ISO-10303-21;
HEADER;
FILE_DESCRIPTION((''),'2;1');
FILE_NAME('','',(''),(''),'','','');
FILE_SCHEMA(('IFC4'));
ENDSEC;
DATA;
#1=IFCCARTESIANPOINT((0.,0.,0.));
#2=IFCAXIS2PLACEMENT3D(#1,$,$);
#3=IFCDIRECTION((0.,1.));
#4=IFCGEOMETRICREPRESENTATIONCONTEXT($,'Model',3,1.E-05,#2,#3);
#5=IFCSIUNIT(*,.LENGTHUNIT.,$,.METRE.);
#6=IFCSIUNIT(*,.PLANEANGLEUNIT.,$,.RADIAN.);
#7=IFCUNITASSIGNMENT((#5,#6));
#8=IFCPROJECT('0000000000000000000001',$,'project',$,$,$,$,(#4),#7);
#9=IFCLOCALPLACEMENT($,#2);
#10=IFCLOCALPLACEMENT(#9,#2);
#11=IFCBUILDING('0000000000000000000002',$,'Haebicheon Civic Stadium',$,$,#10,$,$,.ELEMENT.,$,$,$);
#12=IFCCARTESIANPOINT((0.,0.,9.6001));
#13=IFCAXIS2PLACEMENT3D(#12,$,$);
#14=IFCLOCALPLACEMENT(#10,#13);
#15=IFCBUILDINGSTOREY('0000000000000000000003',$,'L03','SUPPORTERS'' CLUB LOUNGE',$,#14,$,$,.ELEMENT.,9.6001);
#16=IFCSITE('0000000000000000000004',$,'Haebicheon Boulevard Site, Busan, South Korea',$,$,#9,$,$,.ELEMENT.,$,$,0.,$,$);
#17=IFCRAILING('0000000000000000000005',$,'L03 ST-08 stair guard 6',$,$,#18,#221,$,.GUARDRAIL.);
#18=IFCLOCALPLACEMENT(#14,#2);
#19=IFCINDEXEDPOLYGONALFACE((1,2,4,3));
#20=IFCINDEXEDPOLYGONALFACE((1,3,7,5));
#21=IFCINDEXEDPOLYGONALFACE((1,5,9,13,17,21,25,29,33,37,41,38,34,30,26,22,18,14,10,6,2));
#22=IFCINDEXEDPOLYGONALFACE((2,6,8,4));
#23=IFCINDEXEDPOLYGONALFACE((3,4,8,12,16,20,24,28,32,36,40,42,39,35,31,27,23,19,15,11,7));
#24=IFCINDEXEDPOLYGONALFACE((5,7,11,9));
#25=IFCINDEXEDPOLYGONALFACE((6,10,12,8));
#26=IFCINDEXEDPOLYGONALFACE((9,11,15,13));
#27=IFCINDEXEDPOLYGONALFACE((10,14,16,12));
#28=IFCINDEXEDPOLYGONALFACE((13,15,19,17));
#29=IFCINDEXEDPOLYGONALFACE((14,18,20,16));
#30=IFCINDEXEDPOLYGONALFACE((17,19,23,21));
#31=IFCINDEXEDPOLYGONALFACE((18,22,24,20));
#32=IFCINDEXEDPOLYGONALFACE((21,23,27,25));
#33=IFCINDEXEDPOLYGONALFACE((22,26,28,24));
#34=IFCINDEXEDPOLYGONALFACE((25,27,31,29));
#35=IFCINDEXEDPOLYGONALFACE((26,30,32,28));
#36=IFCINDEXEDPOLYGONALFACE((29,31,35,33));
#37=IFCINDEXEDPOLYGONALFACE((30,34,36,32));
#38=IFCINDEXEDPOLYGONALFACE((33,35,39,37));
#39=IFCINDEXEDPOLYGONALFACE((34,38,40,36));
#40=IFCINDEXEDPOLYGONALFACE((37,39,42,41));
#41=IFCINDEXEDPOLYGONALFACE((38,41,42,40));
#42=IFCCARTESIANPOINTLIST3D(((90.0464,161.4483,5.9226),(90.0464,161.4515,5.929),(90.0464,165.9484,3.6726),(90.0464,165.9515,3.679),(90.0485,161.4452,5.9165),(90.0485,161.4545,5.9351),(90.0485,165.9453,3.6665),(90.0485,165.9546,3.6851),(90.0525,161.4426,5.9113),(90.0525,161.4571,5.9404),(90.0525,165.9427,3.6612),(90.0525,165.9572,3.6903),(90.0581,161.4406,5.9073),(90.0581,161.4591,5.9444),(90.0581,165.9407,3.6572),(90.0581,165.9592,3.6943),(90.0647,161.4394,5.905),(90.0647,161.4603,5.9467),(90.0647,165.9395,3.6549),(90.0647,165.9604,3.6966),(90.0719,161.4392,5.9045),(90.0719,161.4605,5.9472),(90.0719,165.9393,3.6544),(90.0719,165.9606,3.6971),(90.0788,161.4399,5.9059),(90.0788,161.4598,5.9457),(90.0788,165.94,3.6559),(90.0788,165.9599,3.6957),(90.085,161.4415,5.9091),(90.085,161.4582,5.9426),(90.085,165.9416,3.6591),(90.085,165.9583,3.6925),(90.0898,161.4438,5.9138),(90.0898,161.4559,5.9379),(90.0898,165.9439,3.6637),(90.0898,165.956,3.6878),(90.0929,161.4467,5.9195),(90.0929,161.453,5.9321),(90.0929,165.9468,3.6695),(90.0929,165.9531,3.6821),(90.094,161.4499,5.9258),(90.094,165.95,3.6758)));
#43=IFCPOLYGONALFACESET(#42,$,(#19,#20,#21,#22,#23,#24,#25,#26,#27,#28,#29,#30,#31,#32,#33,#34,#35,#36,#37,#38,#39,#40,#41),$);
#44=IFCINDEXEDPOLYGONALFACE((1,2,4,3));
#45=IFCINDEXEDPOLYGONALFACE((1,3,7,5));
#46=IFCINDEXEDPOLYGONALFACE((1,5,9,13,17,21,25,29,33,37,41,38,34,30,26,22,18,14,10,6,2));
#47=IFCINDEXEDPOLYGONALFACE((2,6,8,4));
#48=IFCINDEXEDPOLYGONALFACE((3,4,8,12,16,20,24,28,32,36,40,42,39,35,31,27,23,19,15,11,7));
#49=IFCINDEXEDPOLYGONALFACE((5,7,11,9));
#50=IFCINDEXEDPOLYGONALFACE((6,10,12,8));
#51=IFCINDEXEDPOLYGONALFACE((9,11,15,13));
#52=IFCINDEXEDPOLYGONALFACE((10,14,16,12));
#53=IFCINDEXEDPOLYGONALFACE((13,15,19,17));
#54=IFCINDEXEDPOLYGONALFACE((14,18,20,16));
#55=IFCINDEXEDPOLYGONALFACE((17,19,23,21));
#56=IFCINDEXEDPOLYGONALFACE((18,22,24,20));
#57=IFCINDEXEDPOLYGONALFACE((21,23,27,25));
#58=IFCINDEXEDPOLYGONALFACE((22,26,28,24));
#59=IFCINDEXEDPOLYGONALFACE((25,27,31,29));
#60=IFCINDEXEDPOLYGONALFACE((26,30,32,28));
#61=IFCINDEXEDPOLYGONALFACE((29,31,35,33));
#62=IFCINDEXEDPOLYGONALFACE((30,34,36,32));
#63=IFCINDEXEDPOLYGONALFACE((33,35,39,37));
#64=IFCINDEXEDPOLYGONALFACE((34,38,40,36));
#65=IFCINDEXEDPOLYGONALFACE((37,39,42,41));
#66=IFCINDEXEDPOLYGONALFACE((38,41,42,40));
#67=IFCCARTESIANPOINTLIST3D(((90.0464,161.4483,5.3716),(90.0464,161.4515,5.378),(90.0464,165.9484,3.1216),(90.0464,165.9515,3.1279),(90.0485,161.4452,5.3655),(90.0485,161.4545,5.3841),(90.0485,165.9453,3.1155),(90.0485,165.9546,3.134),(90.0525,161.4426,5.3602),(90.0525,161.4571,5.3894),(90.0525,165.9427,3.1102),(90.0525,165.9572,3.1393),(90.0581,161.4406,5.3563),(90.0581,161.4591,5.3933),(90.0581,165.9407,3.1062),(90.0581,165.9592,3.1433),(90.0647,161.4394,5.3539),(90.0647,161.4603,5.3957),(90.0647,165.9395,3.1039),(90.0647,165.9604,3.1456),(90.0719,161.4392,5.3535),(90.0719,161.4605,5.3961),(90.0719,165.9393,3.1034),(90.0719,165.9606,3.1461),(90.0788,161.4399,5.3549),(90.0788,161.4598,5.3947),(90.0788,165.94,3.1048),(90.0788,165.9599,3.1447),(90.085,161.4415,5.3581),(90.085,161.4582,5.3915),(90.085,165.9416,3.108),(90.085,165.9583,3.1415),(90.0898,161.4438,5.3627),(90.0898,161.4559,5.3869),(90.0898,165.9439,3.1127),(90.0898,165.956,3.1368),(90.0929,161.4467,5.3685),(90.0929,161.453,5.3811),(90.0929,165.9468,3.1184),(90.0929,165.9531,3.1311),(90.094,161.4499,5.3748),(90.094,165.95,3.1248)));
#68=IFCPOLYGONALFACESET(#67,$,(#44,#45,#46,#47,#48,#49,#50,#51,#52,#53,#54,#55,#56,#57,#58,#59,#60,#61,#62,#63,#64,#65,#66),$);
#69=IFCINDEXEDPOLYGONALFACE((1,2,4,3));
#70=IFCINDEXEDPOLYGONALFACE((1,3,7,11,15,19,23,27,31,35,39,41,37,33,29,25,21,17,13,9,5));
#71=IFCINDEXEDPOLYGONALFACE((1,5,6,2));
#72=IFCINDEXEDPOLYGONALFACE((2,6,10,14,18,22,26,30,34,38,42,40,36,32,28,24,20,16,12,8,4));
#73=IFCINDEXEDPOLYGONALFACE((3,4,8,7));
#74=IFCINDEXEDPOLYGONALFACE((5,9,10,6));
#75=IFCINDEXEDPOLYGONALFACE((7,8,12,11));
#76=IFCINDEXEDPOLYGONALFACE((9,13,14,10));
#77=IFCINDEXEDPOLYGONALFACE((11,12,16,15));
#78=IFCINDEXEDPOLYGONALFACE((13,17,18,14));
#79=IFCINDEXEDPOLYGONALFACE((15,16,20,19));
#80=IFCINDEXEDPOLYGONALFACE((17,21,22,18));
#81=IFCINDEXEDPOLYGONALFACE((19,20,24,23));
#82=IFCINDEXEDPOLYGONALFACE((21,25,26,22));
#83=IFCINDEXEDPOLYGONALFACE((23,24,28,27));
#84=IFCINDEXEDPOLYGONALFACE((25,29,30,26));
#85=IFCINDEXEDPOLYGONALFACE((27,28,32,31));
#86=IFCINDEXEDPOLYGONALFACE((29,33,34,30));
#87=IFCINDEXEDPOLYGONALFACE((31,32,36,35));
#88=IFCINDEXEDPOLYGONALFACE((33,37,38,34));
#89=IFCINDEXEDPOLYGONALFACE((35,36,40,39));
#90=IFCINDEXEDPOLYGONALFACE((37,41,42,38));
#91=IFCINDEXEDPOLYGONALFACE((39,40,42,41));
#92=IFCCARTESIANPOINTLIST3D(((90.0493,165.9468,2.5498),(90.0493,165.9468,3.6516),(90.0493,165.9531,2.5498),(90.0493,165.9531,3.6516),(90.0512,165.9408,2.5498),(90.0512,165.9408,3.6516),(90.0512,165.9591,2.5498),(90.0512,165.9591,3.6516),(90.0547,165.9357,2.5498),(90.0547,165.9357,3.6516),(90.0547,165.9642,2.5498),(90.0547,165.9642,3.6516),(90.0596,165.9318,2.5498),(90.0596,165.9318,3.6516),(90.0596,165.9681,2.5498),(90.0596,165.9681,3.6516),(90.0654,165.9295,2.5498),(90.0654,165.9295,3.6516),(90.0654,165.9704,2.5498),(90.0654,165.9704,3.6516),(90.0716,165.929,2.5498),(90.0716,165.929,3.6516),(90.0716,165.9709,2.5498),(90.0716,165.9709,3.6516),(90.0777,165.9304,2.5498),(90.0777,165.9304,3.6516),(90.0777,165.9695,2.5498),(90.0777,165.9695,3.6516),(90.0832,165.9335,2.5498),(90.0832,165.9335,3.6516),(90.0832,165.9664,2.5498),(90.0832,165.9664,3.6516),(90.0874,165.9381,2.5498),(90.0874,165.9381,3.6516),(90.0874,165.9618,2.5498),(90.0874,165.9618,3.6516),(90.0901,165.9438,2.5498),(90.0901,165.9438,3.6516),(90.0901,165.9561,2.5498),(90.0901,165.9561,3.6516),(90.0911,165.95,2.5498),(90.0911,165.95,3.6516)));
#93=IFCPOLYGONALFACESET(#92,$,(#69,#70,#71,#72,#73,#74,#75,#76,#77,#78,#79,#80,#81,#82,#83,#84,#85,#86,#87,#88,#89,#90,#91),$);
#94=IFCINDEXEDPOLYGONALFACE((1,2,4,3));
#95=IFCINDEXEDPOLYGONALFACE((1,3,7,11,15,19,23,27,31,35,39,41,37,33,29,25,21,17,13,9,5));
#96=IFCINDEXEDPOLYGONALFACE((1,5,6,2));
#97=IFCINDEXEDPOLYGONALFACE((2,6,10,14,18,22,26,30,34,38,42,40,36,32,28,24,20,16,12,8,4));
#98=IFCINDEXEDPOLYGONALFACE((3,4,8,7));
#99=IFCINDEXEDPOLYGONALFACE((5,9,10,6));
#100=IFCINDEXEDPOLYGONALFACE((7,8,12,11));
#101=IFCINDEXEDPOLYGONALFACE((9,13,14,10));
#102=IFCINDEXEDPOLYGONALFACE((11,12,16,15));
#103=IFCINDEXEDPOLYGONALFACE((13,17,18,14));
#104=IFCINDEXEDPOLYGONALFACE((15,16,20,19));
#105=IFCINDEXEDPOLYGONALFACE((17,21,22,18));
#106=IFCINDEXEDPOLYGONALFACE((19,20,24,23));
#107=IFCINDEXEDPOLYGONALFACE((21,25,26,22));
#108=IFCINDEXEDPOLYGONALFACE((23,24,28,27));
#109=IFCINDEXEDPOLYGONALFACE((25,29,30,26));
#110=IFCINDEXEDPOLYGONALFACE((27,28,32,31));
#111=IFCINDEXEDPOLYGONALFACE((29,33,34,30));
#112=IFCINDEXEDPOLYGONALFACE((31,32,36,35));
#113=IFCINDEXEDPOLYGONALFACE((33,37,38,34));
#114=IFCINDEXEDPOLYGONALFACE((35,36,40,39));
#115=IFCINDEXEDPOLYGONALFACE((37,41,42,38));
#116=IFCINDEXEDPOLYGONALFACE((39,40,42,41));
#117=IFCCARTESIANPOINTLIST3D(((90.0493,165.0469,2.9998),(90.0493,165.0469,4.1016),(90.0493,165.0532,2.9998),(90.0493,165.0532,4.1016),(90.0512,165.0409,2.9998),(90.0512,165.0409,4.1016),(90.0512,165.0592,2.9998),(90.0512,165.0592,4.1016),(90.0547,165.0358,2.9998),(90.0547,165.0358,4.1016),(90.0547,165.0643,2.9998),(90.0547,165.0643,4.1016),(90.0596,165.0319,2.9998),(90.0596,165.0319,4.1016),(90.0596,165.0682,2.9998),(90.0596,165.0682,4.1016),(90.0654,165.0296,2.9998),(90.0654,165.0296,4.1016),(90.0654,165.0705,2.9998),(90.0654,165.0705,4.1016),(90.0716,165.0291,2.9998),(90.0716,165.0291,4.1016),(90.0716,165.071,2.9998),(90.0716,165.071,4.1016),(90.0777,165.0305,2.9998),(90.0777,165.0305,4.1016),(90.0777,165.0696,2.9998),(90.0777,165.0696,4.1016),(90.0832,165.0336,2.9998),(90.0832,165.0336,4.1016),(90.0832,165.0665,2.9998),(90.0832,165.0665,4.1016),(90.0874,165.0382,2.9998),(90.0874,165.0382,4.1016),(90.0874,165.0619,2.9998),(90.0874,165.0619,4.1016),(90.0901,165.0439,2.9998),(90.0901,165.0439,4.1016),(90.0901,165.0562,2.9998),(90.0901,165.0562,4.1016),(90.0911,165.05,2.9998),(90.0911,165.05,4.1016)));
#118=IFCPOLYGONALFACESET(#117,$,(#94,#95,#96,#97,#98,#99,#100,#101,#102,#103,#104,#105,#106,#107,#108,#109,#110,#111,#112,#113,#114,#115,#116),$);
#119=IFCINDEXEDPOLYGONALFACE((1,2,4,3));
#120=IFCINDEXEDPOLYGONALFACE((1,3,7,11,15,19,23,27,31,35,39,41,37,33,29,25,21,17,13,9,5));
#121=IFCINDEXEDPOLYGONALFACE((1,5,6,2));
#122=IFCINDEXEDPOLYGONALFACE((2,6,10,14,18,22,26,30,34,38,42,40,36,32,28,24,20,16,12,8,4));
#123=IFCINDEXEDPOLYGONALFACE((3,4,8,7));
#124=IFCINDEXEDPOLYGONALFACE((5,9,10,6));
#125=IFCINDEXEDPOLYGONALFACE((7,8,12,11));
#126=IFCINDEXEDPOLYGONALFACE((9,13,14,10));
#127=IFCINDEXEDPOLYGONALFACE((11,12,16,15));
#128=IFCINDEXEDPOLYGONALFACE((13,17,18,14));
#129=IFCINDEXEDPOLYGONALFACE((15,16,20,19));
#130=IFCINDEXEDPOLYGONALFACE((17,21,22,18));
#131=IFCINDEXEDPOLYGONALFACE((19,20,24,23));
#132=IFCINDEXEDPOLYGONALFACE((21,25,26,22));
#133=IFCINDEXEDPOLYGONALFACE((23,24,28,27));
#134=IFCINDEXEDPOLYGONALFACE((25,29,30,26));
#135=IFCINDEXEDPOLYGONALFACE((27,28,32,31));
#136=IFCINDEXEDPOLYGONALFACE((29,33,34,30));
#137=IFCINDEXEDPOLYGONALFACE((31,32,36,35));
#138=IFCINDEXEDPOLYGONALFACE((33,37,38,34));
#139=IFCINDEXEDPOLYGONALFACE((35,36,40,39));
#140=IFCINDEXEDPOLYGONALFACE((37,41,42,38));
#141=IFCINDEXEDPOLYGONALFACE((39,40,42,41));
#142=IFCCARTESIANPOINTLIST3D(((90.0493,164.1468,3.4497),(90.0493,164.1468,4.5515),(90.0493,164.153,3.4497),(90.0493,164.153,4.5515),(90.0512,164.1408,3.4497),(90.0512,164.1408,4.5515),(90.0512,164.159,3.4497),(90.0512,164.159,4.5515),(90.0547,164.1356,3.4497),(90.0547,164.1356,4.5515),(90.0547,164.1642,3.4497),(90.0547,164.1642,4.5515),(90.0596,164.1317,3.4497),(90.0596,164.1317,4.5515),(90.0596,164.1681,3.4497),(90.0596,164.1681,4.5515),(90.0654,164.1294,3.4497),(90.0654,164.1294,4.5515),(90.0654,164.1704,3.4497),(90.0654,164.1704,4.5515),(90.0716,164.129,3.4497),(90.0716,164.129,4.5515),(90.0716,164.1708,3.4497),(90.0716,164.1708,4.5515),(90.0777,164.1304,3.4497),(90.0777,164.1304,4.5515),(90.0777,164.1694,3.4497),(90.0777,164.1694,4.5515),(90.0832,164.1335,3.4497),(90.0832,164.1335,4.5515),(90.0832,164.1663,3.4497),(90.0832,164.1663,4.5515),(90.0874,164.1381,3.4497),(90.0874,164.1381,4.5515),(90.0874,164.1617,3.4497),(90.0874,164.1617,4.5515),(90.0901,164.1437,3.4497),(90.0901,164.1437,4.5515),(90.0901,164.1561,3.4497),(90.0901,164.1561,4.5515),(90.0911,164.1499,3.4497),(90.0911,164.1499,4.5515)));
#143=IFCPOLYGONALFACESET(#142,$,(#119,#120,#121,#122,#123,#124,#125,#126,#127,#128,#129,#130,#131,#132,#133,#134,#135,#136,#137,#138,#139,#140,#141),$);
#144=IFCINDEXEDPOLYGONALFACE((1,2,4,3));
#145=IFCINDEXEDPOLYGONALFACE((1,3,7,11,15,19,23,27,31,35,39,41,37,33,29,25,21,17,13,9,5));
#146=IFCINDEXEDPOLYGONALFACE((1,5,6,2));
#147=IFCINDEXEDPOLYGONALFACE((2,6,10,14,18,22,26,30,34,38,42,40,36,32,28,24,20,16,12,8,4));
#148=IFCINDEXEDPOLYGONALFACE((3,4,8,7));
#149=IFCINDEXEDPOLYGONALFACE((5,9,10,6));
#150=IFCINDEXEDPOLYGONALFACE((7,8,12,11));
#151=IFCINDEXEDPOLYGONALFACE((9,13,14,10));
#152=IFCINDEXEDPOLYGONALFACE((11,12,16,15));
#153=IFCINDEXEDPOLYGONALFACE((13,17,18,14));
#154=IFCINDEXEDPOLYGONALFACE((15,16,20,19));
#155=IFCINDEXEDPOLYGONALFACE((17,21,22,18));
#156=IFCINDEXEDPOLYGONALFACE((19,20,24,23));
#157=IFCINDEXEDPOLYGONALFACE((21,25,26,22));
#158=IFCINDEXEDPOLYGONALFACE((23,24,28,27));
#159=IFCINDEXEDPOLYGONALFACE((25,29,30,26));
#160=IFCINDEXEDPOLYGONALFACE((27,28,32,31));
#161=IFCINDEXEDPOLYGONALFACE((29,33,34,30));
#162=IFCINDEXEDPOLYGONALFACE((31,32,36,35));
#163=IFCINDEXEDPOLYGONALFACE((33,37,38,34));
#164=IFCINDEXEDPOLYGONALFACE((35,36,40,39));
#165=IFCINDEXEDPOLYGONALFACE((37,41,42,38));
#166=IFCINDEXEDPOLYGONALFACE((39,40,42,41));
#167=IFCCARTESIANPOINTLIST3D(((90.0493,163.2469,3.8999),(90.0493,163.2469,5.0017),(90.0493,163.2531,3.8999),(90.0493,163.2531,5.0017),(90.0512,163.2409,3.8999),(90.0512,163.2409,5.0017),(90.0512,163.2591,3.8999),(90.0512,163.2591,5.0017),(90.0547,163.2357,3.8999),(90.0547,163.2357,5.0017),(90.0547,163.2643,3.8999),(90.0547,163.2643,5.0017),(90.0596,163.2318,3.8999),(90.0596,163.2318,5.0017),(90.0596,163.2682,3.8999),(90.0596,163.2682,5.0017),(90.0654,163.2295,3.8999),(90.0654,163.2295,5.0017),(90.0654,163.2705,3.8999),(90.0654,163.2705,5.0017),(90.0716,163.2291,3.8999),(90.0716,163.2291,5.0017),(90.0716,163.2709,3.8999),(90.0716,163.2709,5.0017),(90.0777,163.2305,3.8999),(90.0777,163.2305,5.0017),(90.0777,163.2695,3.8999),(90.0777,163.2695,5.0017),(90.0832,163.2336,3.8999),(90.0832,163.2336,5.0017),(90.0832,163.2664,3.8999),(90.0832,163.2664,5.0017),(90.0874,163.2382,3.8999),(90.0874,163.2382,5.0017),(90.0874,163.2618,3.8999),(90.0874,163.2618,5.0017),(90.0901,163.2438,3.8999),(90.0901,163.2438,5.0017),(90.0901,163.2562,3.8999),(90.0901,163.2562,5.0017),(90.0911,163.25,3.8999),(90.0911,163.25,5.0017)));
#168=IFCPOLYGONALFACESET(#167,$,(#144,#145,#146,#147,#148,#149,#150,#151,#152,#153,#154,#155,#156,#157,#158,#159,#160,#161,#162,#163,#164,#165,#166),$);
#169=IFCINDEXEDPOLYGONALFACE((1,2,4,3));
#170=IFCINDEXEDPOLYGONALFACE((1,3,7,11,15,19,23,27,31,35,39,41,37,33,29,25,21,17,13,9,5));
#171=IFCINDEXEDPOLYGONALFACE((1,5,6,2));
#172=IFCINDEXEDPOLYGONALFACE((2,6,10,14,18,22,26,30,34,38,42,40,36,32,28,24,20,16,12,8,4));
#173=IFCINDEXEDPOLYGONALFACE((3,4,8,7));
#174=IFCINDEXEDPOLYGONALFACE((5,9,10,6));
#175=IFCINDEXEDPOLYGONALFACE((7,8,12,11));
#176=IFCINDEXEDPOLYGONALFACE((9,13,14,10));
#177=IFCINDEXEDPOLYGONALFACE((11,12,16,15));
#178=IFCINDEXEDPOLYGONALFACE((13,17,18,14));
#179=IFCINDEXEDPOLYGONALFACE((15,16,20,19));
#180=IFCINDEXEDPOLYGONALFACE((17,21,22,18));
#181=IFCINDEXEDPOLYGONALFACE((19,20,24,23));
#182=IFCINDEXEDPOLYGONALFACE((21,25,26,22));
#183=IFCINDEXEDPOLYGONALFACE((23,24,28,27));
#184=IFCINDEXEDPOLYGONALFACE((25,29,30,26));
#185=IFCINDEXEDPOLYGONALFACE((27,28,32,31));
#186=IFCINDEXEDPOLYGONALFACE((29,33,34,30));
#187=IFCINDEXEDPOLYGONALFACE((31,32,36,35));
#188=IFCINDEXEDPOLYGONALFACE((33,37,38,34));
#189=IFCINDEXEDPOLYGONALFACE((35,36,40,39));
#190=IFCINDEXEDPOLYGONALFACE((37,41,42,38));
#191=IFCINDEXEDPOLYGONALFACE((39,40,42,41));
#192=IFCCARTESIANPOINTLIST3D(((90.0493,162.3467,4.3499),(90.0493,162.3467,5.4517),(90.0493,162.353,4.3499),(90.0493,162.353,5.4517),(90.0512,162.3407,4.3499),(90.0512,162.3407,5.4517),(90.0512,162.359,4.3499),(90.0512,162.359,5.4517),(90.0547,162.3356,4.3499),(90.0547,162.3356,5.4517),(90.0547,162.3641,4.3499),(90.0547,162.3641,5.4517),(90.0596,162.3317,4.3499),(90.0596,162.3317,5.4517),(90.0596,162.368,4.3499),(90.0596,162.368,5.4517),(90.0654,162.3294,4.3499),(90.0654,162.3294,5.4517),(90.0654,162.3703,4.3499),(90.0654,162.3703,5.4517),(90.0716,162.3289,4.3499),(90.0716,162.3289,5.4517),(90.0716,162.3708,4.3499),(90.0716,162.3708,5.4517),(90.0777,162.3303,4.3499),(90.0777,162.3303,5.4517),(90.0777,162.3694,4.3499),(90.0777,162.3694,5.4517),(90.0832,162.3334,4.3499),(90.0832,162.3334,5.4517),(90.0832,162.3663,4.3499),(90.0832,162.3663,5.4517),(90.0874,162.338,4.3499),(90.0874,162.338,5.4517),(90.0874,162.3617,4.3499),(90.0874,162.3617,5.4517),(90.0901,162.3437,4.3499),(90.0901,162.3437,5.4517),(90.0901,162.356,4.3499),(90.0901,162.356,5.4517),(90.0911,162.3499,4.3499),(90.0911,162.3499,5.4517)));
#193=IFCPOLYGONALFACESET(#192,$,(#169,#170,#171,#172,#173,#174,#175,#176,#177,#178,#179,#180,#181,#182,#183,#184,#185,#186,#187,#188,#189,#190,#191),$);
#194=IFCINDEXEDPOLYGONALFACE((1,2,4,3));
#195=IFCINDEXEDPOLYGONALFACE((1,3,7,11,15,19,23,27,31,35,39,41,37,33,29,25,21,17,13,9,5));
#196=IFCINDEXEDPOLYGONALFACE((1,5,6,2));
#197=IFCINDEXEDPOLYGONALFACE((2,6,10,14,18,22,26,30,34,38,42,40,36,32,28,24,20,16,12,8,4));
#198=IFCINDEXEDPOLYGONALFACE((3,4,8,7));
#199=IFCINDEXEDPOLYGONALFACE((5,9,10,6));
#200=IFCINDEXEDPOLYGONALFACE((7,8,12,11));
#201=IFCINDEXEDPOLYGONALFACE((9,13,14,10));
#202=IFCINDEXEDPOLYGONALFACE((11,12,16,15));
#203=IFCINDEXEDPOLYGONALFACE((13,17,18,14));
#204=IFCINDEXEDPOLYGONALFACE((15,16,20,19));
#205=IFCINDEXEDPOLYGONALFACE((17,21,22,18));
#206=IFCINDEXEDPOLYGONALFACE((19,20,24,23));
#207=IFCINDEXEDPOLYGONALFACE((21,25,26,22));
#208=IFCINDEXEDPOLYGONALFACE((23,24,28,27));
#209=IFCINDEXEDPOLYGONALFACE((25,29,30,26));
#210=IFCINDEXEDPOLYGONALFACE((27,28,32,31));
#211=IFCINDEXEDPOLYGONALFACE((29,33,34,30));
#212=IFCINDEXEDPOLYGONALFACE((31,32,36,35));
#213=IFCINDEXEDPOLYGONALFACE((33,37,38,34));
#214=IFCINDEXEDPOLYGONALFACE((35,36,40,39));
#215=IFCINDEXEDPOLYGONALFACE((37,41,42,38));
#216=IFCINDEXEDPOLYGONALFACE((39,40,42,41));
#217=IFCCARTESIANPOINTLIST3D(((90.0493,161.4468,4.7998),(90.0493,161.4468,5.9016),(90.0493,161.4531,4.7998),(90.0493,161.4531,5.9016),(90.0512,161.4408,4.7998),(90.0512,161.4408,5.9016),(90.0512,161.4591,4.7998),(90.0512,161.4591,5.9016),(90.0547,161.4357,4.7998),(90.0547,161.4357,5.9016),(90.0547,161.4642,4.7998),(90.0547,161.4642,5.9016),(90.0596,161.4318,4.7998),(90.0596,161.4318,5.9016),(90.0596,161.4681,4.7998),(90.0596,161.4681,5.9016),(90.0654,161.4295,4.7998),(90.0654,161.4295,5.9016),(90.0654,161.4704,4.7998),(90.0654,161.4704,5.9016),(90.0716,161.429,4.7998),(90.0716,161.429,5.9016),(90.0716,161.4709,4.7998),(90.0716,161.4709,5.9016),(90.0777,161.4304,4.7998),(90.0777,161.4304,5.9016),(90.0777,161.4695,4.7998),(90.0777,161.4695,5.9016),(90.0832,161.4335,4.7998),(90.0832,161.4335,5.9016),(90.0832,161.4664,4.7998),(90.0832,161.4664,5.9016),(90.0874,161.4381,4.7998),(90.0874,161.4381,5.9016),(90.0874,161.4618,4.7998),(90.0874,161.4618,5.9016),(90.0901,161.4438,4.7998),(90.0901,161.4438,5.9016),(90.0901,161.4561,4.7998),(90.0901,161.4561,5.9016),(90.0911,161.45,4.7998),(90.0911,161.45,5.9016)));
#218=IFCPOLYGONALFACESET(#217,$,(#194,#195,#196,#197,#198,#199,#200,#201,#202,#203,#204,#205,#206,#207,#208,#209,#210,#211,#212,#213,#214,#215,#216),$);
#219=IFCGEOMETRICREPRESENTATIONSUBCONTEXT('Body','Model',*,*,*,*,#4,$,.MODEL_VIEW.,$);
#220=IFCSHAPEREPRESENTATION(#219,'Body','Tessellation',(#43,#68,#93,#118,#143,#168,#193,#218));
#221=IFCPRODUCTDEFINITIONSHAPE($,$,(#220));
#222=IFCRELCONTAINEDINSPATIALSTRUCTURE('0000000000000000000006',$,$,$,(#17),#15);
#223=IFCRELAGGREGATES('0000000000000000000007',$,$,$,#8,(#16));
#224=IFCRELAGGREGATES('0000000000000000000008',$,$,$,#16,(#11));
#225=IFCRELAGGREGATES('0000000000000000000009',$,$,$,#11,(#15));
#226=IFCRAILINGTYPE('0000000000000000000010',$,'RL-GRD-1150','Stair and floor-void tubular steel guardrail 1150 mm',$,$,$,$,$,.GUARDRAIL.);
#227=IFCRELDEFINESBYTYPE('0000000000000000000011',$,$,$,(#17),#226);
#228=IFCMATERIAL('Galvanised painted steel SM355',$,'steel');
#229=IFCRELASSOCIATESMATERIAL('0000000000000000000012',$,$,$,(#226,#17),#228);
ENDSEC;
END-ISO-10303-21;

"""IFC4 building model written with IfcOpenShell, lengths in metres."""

from ifc_helpers import new_model, si_unit, direction, frame, origin, origin_2d, place, context, subcontext, project, spatial, circle, extrude, material, type_object, element, save


model = new_model("IFC4")

# Units and contexts
model_context = context("Model", 3, precision=1e-05, world=origin(), true_north=direction((0.0, 1.0)))
body_context = subcontext(model_context, "Body", "Model", "MODEL_VIEW")
ifc_project = project(units=[si_unit("LENGTHUNIT", "METRE"), si_unit("PLANEANGLEUNIT", "RADIAN")], contexts=[model_context])

# Site, building, storey
site_placement = place(None, origin())
site = spatial("IfcSite", under=ifc_project, at=site_placement, Name="Haebicheon Boulevard Site, Busan, South Korea", CompositionType="ELEMENT", RefElevation=0.0)
building_placement = place(site_placement, origin())
building = spatial("IfcBuilding", under=site, at=building_placement, Name="Haebicheon Civic Stadium", CompositionType="ELEMENT")
storey_placement = place(building_placement, frame((0.0, 0.0, 9.6001)))
storey = spatial("IfcBuildingStorey", under=building, at=storey_placement, Name="L03", Description="SUPPORTERS' CLUB LOUNGE", CompositionType="ELEMENT", Elevation=9.6001)

# Railing
ifc_material_1 = material(Name="Galvanised painted steel SM355", Category="steel")
railing_type_1 = type_object("IfcRailingType", Name="RL-GRD-1150", Description="Stair and floor-void tubular steel guardrail 1150 mm", PredefinedType="GUARDRAIL", material=ifc_material_1)
railing_1_placement = place(storey_placement, frame((90.0701, 165.95, 2.5498)))
element("IfcRailing", 1, at=railing_1_placement, inside=storey, type_object=railing_type_1, material=ifc_material_1, Name="L03 ST-08 stair guard 6", PredefinedType="GUARDRAIL", context=body_context, shape_type="SweptSolid", body=[
    extrude(circle(Radius=0.0239, at=origin_2d()), frame((0.0, 0.0, 1.126), z_axis=(0.0, -0.894427, 0.447214), x_axis=(1.0, 0.0, 0.0)), (0.0, 0.0, 1.0), 5.0312),
    extrude(circle(Radius=0.0239, at=origin_2d()), frame((0.0, 0.0, 0.575), z_axis=(0.0, -0.894427, 0.447214), x_axis=(1.0, 0.0, 0.0)), (0.0, 0.0, 1.0), 5.0312),
    extrude(circle(Radius=0.021, at=origin_2d()), origin(), (0.0, 0.0, 1.0), 1.1018),
    extrude(circle(Radius=0.021, at=origin_2d()), frame((0.0, -0.8999, 0.45)), (0.0, 0.0, 1.0), 1.1018),
    extrude(circle(Radius=0.021, at=origin_2d()), frame((0.0, -1.8, 0.8999)), (0.0, 0.0, 1.0), 1.1018),
    extrude(circle(Radius=0.021, at=origin_2d()), frame((0.0, -2.7, 1.3501)), (0.0, 0.0, 1.0), 1.1018),
    extrude(circle(Radius=0.021, at=origin_2d()), frame((0.0, -3.6001, 1.8)), (0.0, 0.0, 1.0), 1.1018),
    extrude(circle(Radius=0.021, at=origin_2d()), frame((0.0, -4.5, 2.25)), (0.0, 0.0, 1.0), 1.1018),
])

save(model, "model.ifc")
